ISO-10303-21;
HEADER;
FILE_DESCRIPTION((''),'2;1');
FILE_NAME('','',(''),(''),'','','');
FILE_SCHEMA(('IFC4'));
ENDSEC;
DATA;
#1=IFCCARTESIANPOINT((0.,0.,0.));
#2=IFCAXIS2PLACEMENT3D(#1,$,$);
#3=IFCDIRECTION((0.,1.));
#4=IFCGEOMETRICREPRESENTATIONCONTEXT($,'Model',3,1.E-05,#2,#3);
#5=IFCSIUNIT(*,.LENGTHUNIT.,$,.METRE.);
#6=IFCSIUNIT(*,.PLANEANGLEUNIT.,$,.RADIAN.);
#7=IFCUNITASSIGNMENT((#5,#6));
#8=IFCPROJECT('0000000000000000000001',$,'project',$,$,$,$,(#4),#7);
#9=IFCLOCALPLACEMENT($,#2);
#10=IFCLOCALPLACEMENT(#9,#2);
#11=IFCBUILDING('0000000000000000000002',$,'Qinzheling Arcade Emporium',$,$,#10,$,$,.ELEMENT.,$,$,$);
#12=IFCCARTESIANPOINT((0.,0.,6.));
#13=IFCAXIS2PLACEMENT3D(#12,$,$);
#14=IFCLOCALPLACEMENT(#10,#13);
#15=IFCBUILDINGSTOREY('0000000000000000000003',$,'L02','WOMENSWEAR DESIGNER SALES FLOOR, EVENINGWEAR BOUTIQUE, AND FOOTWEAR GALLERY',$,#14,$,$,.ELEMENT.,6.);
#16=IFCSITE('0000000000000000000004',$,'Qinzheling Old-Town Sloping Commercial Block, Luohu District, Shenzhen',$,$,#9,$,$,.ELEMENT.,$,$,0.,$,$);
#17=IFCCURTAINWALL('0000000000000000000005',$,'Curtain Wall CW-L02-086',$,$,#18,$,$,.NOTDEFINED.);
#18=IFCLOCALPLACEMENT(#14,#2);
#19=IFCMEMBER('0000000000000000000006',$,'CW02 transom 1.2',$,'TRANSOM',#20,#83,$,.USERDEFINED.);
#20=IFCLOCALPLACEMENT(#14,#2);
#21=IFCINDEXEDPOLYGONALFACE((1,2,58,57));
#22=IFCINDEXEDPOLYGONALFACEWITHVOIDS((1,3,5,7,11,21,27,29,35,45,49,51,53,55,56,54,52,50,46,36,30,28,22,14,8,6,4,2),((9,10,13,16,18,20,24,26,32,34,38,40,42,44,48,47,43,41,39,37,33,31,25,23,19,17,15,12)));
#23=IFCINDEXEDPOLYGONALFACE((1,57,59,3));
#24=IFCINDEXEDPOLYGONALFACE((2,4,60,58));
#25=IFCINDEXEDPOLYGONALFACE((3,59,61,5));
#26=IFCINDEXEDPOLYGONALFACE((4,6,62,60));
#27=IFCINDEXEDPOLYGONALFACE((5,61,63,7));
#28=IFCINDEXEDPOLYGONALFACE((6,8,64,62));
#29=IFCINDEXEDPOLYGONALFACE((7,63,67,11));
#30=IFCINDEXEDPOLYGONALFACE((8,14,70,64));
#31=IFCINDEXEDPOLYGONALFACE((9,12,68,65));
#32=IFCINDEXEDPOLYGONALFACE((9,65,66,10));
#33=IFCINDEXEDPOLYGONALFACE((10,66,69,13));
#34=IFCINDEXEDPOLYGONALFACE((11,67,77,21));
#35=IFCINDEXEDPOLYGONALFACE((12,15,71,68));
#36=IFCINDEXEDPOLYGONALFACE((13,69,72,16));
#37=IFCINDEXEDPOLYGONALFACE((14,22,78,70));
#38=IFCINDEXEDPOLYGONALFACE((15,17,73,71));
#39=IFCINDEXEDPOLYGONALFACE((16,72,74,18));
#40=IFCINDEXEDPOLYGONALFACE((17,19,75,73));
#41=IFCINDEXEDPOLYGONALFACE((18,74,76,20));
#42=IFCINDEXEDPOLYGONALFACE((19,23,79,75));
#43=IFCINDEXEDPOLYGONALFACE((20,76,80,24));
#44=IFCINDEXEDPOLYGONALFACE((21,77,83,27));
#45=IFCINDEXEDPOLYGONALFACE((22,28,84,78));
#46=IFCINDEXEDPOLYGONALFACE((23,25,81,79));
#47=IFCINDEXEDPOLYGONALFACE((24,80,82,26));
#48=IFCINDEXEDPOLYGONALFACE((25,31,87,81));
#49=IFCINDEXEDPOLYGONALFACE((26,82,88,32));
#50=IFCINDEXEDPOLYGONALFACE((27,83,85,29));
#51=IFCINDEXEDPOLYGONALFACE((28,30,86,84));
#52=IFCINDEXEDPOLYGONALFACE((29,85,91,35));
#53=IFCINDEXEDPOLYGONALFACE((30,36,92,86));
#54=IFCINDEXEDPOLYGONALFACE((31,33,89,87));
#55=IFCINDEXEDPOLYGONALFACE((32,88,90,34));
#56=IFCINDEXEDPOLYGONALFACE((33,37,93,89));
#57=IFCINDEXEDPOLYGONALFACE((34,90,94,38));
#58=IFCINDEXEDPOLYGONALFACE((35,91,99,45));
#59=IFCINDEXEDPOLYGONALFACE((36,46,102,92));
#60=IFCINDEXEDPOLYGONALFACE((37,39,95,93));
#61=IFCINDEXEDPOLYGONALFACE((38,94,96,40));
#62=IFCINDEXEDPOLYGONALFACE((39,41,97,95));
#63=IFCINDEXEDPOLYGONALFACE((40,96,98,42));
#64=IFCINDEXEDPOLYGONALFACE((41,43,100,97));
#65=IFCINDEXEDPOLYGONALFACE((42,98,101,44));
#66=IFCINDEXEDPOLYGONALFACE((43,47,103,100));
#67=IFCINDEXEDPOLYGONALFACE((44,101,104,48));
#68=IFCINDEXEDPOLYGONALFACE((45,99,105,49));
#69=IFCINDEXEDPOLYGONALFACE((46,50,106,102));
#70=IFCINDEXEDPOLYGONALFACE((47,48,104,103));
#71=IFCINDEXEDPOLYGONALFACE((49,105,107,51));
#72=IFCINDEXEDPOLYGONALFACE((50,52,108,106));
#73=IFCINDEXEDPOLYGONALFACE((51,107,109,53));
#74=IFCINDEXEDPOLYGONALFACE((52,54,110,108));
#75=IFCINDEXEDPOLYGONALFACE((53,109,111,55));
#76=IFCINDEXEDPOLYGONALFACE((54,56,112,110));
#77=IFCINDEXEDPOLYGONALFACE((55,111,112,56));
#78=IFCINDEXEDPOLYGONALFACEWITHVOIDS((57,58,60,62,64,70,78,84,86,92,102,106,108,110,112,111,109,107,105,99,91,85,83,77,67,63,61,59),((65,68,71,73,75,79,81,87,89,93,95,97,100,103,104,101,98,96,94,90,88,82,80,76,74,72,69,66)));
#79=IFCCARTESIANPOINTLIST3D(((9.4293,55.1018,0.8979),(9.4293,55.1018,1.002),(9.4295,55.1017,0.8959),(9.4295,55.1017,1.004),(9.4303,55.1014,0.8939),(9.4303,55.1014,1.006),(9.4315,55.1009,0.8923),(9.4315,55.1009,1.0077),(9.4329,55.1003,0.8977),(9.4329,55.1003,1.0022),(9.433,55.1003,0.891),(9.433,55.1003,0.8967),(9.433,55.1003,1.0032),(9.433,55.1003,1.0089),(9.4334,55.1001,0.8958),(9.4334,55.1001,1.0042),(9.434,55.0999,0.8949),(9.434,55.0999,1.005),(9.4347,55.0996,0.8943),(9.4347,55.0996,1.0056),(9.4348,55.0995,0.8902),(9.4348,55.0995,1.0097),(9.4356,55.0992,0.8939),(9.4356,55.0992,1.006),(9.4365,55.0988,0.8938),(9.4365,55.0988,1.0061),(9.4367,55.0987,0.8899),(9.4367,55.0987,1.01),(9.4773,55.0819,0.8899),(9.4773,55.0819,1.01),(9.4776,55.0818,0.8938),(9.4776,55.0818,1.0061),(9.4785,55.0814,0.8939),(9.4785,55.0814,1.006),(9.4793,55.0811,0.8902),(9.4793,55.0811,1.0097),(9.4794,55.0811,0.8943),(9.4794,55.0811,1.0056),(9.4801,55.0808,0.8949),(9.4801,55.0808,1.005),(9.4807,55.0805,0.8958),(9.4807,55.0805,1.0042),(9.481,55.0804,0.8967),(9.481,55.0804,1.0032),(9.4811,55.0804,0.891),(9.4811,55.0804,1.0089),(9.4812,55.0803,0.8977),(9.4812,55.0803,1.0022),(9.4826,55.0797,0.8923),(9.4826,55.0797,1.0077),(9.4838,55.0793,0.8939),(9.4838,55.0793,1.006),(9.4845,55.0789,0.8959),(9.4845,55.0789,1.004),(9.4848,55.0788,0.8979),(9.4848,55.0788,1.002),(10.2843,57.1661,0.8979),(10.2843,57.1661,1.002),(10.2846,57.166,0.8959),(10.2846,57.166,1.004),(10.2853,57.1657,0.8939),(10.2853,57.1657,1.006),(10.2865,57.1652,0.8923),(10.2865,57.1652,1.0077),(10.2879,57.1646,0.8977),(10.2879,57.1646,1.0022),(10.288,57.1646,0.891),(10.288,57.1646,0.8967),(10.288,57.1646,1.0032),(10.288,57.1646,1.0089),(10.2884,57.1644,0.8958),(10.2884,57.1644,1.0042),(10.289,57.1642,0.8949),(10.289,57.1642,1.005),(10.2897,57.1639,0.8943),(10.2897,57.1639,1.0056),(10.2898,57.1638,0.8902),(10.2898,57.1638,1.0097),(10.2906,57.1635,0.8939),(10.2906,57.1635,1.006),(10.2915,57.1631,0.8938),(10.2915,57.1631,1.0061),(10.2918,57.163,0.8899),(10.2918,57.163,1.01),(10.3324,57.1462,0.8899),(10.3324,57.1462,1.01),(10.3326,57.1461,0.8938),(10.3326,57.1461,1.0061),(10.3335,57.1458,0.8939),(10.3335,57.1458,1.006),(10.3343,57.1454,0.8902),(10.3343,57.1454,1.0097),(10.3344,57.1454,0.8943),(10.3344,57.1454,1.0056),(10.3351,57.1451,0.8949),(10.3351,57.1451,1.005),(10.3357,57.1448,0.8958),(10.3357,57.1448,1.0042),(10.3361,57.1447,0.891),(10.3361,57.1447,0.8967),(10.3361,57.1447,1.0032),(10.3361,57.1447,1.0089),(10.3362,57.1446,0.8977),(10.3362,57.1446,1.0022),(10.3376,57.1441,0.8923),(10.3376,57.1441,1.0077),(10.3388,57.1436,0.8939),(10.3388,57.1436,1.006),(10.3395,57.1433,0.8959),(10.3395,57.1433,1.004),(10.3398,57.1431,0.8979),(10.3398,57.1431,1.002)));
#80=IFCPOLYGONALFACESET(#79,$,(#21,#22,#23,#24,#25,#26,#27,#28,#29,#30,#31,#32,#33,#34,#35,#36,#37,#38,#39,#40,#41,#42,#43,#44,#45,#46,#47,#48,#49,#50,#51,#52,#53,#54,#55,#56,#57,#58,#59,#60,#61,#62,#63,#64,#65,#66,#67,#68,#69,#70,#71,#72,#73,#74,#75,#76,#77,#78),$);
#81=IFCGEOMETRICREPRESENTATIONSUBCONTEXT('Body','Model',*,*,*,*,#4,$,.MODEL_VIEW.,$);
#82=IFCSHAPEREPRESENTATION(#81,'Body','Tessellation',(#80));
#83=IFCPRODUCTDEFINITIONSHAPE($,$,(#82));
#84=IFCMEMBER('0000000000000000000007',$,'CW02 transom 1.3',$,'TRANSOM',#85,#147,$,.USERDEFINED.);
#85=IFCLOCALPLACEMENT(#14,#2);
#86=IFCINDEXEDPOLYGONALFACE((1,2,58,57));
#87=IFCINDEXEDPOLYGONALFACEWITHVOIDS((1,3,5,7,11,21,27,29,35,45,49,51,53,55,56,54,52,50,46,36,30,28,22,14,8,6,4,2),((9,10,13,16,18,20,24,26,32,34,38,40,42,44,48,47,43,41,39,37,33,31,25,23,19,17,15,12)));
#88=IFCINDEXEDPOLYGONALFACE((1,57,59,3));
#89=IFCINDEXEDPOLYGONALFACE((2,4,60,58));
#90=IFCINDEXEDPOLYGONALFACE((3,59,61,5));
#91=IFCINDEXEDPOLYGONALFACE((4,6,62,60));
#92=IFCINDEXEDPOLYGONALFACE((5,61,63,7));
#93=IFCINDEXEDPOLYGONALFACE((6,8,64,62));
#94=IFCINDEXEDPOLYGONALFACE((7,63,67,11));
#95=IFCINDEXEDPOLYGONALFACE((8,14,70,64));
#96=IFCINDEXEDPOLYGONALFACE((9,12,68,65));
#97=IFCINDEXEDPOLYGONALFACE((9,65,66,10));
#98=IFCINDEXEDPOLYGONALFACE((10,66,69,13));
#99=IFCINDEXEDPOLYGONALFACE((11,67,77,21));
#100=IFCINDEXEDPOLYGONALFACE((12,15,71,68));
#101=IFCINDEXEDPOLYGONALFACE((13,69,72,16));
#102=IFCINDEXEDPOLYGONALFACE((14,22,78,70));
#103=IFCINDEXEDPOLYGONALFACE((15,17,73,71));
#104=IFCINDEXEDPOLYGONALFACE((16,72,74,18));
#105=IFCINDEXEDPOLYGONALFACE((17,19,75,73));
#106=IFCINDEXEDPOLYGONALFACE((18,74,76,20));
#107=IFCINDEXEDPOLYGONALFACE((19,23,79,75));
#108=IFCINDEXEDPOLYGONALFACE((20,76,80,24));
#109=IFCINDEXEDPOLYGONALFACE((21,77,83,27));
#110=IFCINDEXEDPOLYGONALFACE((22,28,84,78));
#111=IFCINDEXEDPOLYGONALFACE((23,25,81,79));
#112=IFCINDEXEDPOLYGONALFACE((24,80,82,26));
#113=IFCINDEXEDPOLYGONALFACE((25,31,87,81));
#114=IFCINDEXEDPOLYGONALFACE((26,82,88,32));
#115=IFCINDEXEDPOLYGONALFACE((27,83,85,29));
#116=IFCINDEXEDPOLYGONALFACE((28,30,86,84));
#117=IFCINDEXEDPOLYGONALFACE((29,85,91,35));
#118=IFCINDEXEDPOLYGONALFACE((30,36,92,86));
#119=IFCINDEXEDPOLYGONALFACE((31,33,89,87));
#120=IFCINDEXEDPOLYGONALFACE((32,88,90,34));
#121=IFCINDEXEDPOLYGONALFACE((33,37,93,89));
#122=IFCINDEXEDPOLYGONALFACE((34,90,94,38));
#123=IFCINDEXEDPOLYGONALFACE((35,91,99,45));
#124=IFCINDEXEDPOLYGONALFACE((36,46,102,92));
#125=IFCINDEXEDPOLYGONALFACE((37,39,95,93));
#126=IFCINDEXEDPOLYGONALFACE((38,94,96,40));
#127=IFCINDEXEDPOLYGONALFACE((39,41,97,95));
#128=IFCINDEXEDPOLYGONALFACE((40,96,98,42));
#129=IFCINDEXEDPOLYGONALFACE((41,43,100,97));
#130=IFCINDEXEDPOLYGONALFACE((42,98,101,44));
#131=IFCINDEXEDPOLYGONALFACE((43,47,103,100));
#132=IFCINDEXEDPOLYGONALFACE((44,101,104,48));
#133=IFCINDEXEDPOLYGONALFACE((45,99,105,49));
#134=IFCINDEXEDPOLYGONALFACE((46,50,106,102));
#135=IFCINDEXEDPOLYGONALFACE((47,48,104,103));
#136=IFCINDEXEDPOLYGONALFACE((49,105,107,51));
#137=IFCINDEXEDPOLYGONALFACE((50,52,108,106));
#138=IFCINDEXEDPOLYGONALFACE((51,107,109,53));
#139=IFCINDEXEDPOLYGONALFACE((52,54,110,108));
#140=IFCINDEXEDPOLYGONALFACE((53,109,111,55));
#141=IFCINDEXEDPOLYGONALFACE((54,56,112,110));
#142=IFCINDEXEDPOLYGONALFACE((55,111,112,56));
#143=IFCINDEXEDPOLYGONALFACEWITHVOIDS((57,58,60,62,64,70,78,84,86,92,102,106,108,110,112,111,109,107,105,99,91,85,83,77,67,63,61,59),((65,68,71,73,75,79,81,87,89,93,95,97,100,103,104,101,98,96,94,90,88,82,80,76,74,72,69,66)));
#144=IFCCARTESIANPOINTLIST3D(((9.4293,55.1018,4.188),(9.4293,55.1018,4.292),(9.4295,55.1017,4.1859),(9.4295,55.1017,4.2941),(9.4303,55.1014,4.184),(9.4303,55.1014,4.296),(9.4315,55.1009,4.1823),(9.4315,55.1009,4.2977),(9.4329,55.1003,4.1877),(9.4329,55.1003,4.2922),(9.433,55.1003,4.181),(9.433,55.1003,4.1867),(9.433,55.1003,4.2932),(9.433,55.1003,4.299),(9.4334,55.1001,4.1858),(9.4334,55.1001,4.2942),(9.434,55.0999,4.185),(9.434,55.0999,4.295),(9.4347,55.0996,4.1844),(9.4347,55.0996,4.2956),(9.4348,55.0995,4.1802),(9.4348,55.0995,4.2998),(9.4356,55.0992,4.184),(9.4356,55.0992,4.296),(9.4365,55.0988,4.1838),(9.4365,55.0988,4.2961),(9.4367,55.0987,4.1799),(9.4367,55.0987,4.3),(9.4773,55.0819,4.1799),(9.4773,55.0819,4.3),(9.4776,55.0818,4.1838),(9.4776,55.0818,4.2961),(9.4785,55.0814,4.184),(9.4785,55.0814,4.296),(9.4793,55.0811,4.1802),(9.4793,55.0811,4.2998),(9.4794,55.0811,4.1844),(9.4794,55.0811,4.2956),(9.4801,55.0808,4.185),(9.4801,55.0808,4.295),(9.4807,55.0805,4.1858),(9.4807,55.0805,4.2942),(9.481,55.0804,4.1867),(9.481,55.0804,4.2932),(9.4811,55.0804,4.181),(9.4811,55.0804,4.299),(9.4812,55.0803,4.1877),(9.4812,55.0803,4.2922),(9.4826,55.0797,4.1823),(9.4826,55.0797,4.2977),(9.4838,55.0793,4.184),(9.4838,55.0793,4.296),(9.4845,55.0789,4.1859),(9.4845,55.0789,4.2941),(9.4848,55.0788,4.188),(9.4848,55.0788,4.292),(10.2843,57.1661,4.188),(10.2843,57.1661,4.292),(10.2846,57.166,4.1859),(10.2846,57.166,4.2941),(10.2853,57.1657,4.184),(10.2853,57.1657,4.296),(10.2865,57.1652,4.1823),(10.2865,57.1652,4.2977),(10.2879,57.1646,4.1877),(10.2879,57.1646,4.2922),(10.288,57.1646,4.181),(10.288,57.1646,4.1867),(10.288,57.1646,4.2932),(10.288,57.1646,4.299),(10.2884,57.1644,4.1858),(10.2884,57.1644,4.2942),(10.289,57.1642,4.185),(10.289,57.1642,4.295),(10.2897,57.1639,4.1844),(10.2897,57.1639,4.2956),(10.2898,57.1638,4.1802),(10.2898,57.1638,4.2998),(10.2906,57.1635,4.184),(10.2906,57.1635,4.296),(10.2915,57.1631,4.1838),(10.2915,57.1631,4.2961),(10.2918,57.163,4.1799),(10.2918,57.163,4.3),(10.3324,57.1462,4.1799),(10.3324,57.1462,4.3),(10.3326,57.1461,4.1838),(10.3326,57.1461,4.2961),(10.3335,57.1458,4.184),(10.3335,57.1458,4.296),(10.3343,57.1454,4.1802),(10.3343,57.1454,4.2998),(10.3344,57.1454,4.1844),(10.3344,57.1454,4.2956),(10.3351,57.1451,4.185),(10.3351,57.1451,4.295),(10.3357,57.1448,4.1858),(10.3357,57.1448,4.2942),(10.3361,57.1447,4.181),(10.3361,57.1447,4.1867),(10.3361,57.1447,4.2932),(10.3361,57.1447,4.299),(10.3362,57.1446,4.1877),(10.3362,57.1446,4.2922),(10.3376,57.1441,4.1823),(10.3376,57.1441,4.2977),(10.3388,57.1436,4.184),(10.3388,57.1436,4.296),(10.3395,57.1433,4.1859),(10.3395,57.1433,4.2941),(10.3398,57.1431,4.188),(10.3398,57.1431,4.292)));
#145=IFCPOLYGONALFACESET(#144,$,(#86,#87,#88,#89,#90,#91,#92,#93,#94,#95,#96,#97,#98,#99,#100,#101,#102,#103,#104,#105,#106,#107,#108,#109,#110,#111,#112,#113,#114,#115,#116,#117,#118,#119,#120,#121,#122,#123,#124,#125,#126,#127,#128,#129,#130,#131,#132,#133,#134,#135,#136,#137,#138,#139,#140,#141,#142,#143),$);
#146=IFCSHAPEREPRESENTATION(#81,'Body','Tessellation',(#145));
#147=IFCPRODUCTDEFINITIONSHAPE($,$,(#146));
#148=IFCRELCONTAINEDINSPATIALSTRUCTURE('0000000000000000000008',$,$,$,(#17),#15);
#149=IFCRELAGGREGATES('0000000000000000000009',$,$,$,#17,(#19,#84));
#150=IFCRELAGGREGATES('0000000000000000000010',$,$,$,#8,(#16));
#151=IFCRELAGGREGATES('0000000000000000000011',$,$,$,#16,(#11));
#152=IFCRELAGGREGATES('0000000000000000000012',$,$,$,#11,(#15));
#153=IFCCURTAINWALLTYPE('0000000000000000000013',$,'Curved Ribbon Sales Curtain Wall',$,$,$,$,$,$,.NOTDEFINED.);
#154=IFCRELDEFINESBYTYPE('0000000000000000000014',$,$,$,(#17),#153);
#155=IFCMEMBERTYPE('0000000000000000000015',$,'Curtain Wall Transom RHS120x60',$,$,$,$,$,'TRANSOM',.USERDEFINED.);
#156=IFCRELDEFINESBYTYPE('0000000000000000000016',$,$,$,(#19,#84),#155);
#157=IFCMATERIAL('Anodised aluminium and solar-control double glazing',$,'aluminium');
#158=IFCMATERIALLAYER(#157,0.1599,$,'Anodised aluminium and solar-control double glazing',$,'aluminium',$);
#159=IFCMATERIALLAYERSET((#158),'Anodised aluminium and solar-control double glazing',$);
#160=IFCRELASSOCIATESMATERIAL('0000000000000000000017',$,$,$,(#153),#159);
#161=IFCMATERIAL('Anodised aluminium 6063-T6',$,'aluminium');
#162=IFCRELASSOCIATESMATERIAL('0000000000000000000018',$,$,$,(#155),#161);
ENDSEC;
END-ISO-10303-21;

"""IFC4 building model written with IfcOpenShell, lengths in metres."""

from ifc_helpers import new_model, si_unit, direction, frame, origin, origin_2d, place, context, subcontext, project, spatial, hollow_rectangle, extrude, material, layer, layer_set, material_profile, profile_set, type_object, element, aggregate, save


model = new_model("IFC4")

# Units and contexts
model_context = context("Model", 3, precision=1e-05, world=origin(), true_north=direction((0.0, 1.0)))
body_context = subcontext(model_context, "Body", "Model", "MODEL_VIEW")
ifc_project = project(units=[si_unit("LENGTHUNIT", "METRE"), si_unit("PLANEANGLEUNIT", "RADIAN")], contexts=[model_context])

# Site, building, storey
site_placement = place(None, origin())
site = spatial("IfcSite", under=ifc_project, at=site_placement, Name="Qinzheling Old-Town Sloping Commercial Block, Luohu District, Shenzhen", CompositionType="ELEMENT", RefElevation=0.0)
building_placement = place(site_placement, origin())
building = spatial("IfcBuilding", under=site, at=building_placement, Name="Qinzheling Arcade Emporium", CompositionType="ELEMENT")
storey_placement = place(building_placement, frame((0.0, 0.0, 6.0)))
storey = spatial("IfcBuildingStorey", under=building, at=storey_placement, Name="L02", Description="WOMENSWEAR DESIGNER SALES FLOOR, EVENINGWEAR BOUTIQUE, AND FOOTWEAR GALLERY", CompositionType="ELEMENT", Elevation=6.0)

# Shared definitions
ifc_material_1 = material(Name="Anodised aluminium and solar-control double glazing", Category="aluminium")
ifc_layer_1 = layer(ifc_material_1, 0.1599, Name="Anodised aluminium and solar-control double glazing", Category="aluminium")
ifc_layer_set_1 = layer_set([ifc_layer_1], Name="Anodised aluminium and solar-control double glazing")
curtain_wall_type = type_object("IfcCurtainWallType", Name="Curved Ribbon Sales Curtain Wall", PredefinedType="NOTDEFINED", material=ifc_layer_set_1)
ifc_material_2 = material(Name="Anodised aluminium 6063-T6", Category="aluminium")

# Curtain wall
curtain_wall_1_placement = place(storey_placement, origin())
curtain_wall_1 = element("IfcCurtainWall", 1, at=curtain_wall_1_placement, inside=storey, type_object=curtain_wall_type, Name="Curtain Wall CW-L02-086", PredefinedType="NOTDEFINED")

# Members
ifc_material_profile_1 = material_profile(ifc_material_2, hollow_rectangle(XDim=0.0601, YDim=0.1201, WallThickness=0.0039, InnerFilletRadius=0.0039, OuterFilletRadius=0.0081, at=origin_2d()), Name="RHS 120x60x4", Category="aluminium")
ifc_profile_set_1 = profile_set([ifc_material_profile_1], Name="Anodised aluminium 6063-T6")
member_type_1 = type_object("IfcMemberType", Name="Curtain Wall Transom RHS120x60", ElementType="TRANSOM", PredefinedType="USERDEFINED", material=ifc_profile_set_1)
member_1_placement = place(storey_placement, frame((9.457, 55.0903, 0.95), z_axis=(0.382667, 0.923886, 0.0), x_axis=(-0.923886, 0.382667, 0.0)))
member_1 = element("IfcMember", 2, at=member_1_placement, type_object=member_type_1, Name="CW02 transom 1.2", ObjectType="TRANSOM", PredefinedType="USERDEFINED", context=body_context, shape_type="SweptSolid", body=[
    extrude(hollow_rectangle(XDim=0.0601, YDim=0.1201, WallThickness=0.0039, InnerFilletRadius=0.0039, OuterFilletRadius=0.0081, at=origin_2d()), origin(), (0.0, 0.0, 1.0), 2.2344),
])
member_2_placement = place(storey_placement, frame((9.457, 55.0903, 4.24), z_axis=(0.382667, 0.923886, 0.0), x_axis=(-0.923886, 0.382667, 0.0)))
member_2 = element("IfcMember", 3, at=member_2_placement, type_object=member_type_1, Name="CW02 transom 1.3", ObjectType="TRANSOM", PredefinedType="USERDEFINED", context=body_context, shape_type="SweptSolid", body=[
    extrude(hollow_rectangle(XDim=0.0601, YDim=0.1201, WallThickness=0.0039, InnerFilletRadius=0.0039, OuterFilletRadius=0.0081, at=origin_2d()), origin(), (0.0, 0.0, 1.0), 2.2344),
])

aggregate(curtain_wall_1, [member_1, member_2])

save(model, "model.ifc")
